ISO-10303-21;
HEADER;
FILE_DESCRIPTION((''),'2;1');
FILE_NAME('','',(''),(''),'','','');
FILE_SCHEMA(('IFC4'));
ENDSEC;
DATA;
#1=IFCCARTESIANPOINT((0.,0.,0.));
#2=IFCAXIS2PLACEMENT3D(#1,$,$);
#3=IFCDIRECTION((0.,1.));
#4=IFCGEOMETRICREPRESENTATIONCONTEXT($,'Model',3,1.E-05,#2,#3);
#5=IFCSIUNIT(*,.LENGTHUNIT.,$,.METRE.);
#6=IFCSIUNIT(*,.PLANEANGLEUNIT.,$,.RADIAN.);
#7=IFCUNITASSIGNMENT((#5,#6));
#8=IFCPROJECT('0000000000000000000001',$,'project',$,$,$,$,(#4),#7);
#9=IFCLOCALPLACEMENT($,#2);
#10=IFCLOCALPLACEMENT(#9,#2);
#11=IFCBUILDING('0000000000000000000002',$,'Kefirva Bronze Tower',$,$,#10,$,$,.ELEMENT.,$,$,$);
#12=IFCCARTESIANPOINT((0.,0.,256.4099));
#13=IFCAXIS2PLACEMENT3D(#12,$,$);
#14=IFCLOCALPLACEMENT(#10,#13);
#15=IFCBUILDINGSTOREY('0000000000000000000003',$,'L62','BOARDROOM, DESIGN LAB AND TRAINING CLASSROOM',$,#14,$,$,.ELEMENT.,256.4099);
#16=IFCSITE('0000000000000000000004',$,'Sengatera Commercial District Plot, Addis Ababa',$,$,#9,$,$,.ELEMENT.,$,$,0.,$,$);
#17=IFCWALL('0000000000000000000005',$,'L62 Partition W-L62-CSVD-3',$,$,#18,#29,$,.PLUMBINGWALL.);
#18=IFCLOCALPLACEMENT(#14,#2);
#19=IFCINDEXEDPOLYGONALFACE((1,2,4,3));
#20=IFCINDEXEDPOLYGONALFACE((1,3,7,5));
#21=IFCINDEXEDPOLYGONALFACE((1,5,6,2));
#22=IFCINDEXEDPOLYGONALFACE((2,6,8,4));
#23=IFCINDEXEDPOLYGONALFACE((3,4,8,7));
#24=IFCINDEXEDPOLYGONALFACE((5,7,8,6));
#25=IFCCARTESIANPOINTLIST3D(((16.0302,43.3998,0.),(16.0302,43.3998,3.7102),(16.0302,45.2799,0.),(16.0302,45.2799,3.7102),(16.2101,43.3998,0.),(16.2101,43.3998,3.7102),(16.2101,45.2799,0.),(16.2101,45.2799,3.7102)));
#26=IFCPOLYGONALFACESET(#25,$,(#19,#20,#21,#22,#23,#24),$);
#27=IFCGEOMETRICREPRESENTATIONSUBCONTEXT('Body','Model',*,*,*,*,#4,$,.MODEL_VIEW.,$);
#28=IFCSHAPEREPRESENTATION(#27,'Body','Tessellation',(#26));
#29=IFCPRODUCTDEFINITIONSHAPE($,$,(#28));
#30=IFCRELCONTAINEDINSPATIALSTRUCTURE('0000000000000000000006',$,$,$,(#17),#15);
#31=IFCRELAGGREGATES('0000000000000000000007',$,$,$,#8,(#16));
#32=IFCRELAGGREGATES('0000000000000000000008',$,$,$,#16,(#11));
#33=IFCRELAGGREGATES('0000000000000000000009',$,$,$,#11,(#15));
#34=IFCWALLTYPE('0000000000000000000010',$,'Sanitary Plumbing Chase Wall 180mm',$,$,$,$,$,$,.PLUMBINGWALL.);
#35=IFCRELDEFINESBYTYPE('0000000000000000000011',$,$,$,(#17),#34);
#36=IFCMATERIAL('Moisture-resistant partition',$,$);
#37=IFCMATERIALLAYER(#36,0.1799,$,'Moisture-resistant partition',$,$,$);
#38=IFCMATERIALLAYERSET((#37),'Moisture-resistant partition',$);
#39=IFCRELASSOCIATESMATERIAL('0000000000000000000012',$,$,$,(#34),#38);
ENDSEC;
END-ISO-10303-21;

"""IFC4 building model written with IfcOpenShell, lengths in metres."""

from ifc_helpers import new_model, si_unit, direction, frame, frame_2d, origin, place, context, subcontext, project, spatial, rectangle, extrude, material, layer, layer_set, type_object, element, save


model = new_model("IFC4")

# Units and contexts
model_context = context("Model", 3, precision=1e-05, world=origin(), true_north=direction((0.0, 1.0)))
body_context = subcontext(model_context, "Body", "Model", "MODEL_VIEW")
ifc_project = project(units=[si_unit("LENGTHUNIT", "METRE"), si_unit("PLANEANGLEUNIT", "RADIAN")], contexts=[model_context])

# Site, building, storey
site_placement = place(None, origin())
site = spatial("IfcSite", under=ifc_project, at=site_placement, Name="Sengatera Commercial District Plot, Addis Ababa", CompositionType="ELEMENT", RefElevation=0.0)
building_placement = place(site_placement, origin())
building = spatial("IfcBuilding", under=site, at=building_placement, Name="Kefirva Bronze Tower", CompositionType="ELEMENT")
storey_placement = place(building_placement, frame((0.0, 0.0, 256.4099)))
storey = spatial("IfcBuildingStorey", under=building, at=storey_placement, Name="L62", Description="BOARDROOM, DESIGN LAB AND TRAINING CLASSROOM", CompositionType="ELEMENT", Elevation=256.4099)

# Wall
ifc_material_1 = material(Name="Moisture-resistant partition")
ifc_layer_1 = layer(ifc_material_1, 0.1799, Name="Moisture-resistant partition")
ifc_layer_set_1 = layer_set([ifc_layer_1], Name="Moisture-resistant partition")
wall_type_1 = type_object("IfcWallType", Name="Sanitary Plumbing Chase Wall 180mm", PredefinedType="PLUMBINGWALL", material=ifc_layer_set_1)
for number, where, z_axis, x_axis, name in (
    (1, (16.1201, 43.3999, 0.0), (0.0, 0.0, 1.0), (0.0, 1.0, 0.0), "L62 Partition W-L62-CSVD-3"),
):
    element("IfcWall", number, at=place(storey_placement, frame(where, z_axis=z_axis, x_axis=x_axis)), inside=storey, type_object=wall_type_1, Name=name, PredefinedType="PLUMBINGWALL", context=body_context, shape_type="SweptSolid", body=[
        extrude(rectangle(XDim=1.8801, YDim=0.1799, at=frame_2d((0.9399, 0.0))), origin(), (0.0, 0.0, 1.0), 3.7102),
    ])

save(model, "model.ifc")
